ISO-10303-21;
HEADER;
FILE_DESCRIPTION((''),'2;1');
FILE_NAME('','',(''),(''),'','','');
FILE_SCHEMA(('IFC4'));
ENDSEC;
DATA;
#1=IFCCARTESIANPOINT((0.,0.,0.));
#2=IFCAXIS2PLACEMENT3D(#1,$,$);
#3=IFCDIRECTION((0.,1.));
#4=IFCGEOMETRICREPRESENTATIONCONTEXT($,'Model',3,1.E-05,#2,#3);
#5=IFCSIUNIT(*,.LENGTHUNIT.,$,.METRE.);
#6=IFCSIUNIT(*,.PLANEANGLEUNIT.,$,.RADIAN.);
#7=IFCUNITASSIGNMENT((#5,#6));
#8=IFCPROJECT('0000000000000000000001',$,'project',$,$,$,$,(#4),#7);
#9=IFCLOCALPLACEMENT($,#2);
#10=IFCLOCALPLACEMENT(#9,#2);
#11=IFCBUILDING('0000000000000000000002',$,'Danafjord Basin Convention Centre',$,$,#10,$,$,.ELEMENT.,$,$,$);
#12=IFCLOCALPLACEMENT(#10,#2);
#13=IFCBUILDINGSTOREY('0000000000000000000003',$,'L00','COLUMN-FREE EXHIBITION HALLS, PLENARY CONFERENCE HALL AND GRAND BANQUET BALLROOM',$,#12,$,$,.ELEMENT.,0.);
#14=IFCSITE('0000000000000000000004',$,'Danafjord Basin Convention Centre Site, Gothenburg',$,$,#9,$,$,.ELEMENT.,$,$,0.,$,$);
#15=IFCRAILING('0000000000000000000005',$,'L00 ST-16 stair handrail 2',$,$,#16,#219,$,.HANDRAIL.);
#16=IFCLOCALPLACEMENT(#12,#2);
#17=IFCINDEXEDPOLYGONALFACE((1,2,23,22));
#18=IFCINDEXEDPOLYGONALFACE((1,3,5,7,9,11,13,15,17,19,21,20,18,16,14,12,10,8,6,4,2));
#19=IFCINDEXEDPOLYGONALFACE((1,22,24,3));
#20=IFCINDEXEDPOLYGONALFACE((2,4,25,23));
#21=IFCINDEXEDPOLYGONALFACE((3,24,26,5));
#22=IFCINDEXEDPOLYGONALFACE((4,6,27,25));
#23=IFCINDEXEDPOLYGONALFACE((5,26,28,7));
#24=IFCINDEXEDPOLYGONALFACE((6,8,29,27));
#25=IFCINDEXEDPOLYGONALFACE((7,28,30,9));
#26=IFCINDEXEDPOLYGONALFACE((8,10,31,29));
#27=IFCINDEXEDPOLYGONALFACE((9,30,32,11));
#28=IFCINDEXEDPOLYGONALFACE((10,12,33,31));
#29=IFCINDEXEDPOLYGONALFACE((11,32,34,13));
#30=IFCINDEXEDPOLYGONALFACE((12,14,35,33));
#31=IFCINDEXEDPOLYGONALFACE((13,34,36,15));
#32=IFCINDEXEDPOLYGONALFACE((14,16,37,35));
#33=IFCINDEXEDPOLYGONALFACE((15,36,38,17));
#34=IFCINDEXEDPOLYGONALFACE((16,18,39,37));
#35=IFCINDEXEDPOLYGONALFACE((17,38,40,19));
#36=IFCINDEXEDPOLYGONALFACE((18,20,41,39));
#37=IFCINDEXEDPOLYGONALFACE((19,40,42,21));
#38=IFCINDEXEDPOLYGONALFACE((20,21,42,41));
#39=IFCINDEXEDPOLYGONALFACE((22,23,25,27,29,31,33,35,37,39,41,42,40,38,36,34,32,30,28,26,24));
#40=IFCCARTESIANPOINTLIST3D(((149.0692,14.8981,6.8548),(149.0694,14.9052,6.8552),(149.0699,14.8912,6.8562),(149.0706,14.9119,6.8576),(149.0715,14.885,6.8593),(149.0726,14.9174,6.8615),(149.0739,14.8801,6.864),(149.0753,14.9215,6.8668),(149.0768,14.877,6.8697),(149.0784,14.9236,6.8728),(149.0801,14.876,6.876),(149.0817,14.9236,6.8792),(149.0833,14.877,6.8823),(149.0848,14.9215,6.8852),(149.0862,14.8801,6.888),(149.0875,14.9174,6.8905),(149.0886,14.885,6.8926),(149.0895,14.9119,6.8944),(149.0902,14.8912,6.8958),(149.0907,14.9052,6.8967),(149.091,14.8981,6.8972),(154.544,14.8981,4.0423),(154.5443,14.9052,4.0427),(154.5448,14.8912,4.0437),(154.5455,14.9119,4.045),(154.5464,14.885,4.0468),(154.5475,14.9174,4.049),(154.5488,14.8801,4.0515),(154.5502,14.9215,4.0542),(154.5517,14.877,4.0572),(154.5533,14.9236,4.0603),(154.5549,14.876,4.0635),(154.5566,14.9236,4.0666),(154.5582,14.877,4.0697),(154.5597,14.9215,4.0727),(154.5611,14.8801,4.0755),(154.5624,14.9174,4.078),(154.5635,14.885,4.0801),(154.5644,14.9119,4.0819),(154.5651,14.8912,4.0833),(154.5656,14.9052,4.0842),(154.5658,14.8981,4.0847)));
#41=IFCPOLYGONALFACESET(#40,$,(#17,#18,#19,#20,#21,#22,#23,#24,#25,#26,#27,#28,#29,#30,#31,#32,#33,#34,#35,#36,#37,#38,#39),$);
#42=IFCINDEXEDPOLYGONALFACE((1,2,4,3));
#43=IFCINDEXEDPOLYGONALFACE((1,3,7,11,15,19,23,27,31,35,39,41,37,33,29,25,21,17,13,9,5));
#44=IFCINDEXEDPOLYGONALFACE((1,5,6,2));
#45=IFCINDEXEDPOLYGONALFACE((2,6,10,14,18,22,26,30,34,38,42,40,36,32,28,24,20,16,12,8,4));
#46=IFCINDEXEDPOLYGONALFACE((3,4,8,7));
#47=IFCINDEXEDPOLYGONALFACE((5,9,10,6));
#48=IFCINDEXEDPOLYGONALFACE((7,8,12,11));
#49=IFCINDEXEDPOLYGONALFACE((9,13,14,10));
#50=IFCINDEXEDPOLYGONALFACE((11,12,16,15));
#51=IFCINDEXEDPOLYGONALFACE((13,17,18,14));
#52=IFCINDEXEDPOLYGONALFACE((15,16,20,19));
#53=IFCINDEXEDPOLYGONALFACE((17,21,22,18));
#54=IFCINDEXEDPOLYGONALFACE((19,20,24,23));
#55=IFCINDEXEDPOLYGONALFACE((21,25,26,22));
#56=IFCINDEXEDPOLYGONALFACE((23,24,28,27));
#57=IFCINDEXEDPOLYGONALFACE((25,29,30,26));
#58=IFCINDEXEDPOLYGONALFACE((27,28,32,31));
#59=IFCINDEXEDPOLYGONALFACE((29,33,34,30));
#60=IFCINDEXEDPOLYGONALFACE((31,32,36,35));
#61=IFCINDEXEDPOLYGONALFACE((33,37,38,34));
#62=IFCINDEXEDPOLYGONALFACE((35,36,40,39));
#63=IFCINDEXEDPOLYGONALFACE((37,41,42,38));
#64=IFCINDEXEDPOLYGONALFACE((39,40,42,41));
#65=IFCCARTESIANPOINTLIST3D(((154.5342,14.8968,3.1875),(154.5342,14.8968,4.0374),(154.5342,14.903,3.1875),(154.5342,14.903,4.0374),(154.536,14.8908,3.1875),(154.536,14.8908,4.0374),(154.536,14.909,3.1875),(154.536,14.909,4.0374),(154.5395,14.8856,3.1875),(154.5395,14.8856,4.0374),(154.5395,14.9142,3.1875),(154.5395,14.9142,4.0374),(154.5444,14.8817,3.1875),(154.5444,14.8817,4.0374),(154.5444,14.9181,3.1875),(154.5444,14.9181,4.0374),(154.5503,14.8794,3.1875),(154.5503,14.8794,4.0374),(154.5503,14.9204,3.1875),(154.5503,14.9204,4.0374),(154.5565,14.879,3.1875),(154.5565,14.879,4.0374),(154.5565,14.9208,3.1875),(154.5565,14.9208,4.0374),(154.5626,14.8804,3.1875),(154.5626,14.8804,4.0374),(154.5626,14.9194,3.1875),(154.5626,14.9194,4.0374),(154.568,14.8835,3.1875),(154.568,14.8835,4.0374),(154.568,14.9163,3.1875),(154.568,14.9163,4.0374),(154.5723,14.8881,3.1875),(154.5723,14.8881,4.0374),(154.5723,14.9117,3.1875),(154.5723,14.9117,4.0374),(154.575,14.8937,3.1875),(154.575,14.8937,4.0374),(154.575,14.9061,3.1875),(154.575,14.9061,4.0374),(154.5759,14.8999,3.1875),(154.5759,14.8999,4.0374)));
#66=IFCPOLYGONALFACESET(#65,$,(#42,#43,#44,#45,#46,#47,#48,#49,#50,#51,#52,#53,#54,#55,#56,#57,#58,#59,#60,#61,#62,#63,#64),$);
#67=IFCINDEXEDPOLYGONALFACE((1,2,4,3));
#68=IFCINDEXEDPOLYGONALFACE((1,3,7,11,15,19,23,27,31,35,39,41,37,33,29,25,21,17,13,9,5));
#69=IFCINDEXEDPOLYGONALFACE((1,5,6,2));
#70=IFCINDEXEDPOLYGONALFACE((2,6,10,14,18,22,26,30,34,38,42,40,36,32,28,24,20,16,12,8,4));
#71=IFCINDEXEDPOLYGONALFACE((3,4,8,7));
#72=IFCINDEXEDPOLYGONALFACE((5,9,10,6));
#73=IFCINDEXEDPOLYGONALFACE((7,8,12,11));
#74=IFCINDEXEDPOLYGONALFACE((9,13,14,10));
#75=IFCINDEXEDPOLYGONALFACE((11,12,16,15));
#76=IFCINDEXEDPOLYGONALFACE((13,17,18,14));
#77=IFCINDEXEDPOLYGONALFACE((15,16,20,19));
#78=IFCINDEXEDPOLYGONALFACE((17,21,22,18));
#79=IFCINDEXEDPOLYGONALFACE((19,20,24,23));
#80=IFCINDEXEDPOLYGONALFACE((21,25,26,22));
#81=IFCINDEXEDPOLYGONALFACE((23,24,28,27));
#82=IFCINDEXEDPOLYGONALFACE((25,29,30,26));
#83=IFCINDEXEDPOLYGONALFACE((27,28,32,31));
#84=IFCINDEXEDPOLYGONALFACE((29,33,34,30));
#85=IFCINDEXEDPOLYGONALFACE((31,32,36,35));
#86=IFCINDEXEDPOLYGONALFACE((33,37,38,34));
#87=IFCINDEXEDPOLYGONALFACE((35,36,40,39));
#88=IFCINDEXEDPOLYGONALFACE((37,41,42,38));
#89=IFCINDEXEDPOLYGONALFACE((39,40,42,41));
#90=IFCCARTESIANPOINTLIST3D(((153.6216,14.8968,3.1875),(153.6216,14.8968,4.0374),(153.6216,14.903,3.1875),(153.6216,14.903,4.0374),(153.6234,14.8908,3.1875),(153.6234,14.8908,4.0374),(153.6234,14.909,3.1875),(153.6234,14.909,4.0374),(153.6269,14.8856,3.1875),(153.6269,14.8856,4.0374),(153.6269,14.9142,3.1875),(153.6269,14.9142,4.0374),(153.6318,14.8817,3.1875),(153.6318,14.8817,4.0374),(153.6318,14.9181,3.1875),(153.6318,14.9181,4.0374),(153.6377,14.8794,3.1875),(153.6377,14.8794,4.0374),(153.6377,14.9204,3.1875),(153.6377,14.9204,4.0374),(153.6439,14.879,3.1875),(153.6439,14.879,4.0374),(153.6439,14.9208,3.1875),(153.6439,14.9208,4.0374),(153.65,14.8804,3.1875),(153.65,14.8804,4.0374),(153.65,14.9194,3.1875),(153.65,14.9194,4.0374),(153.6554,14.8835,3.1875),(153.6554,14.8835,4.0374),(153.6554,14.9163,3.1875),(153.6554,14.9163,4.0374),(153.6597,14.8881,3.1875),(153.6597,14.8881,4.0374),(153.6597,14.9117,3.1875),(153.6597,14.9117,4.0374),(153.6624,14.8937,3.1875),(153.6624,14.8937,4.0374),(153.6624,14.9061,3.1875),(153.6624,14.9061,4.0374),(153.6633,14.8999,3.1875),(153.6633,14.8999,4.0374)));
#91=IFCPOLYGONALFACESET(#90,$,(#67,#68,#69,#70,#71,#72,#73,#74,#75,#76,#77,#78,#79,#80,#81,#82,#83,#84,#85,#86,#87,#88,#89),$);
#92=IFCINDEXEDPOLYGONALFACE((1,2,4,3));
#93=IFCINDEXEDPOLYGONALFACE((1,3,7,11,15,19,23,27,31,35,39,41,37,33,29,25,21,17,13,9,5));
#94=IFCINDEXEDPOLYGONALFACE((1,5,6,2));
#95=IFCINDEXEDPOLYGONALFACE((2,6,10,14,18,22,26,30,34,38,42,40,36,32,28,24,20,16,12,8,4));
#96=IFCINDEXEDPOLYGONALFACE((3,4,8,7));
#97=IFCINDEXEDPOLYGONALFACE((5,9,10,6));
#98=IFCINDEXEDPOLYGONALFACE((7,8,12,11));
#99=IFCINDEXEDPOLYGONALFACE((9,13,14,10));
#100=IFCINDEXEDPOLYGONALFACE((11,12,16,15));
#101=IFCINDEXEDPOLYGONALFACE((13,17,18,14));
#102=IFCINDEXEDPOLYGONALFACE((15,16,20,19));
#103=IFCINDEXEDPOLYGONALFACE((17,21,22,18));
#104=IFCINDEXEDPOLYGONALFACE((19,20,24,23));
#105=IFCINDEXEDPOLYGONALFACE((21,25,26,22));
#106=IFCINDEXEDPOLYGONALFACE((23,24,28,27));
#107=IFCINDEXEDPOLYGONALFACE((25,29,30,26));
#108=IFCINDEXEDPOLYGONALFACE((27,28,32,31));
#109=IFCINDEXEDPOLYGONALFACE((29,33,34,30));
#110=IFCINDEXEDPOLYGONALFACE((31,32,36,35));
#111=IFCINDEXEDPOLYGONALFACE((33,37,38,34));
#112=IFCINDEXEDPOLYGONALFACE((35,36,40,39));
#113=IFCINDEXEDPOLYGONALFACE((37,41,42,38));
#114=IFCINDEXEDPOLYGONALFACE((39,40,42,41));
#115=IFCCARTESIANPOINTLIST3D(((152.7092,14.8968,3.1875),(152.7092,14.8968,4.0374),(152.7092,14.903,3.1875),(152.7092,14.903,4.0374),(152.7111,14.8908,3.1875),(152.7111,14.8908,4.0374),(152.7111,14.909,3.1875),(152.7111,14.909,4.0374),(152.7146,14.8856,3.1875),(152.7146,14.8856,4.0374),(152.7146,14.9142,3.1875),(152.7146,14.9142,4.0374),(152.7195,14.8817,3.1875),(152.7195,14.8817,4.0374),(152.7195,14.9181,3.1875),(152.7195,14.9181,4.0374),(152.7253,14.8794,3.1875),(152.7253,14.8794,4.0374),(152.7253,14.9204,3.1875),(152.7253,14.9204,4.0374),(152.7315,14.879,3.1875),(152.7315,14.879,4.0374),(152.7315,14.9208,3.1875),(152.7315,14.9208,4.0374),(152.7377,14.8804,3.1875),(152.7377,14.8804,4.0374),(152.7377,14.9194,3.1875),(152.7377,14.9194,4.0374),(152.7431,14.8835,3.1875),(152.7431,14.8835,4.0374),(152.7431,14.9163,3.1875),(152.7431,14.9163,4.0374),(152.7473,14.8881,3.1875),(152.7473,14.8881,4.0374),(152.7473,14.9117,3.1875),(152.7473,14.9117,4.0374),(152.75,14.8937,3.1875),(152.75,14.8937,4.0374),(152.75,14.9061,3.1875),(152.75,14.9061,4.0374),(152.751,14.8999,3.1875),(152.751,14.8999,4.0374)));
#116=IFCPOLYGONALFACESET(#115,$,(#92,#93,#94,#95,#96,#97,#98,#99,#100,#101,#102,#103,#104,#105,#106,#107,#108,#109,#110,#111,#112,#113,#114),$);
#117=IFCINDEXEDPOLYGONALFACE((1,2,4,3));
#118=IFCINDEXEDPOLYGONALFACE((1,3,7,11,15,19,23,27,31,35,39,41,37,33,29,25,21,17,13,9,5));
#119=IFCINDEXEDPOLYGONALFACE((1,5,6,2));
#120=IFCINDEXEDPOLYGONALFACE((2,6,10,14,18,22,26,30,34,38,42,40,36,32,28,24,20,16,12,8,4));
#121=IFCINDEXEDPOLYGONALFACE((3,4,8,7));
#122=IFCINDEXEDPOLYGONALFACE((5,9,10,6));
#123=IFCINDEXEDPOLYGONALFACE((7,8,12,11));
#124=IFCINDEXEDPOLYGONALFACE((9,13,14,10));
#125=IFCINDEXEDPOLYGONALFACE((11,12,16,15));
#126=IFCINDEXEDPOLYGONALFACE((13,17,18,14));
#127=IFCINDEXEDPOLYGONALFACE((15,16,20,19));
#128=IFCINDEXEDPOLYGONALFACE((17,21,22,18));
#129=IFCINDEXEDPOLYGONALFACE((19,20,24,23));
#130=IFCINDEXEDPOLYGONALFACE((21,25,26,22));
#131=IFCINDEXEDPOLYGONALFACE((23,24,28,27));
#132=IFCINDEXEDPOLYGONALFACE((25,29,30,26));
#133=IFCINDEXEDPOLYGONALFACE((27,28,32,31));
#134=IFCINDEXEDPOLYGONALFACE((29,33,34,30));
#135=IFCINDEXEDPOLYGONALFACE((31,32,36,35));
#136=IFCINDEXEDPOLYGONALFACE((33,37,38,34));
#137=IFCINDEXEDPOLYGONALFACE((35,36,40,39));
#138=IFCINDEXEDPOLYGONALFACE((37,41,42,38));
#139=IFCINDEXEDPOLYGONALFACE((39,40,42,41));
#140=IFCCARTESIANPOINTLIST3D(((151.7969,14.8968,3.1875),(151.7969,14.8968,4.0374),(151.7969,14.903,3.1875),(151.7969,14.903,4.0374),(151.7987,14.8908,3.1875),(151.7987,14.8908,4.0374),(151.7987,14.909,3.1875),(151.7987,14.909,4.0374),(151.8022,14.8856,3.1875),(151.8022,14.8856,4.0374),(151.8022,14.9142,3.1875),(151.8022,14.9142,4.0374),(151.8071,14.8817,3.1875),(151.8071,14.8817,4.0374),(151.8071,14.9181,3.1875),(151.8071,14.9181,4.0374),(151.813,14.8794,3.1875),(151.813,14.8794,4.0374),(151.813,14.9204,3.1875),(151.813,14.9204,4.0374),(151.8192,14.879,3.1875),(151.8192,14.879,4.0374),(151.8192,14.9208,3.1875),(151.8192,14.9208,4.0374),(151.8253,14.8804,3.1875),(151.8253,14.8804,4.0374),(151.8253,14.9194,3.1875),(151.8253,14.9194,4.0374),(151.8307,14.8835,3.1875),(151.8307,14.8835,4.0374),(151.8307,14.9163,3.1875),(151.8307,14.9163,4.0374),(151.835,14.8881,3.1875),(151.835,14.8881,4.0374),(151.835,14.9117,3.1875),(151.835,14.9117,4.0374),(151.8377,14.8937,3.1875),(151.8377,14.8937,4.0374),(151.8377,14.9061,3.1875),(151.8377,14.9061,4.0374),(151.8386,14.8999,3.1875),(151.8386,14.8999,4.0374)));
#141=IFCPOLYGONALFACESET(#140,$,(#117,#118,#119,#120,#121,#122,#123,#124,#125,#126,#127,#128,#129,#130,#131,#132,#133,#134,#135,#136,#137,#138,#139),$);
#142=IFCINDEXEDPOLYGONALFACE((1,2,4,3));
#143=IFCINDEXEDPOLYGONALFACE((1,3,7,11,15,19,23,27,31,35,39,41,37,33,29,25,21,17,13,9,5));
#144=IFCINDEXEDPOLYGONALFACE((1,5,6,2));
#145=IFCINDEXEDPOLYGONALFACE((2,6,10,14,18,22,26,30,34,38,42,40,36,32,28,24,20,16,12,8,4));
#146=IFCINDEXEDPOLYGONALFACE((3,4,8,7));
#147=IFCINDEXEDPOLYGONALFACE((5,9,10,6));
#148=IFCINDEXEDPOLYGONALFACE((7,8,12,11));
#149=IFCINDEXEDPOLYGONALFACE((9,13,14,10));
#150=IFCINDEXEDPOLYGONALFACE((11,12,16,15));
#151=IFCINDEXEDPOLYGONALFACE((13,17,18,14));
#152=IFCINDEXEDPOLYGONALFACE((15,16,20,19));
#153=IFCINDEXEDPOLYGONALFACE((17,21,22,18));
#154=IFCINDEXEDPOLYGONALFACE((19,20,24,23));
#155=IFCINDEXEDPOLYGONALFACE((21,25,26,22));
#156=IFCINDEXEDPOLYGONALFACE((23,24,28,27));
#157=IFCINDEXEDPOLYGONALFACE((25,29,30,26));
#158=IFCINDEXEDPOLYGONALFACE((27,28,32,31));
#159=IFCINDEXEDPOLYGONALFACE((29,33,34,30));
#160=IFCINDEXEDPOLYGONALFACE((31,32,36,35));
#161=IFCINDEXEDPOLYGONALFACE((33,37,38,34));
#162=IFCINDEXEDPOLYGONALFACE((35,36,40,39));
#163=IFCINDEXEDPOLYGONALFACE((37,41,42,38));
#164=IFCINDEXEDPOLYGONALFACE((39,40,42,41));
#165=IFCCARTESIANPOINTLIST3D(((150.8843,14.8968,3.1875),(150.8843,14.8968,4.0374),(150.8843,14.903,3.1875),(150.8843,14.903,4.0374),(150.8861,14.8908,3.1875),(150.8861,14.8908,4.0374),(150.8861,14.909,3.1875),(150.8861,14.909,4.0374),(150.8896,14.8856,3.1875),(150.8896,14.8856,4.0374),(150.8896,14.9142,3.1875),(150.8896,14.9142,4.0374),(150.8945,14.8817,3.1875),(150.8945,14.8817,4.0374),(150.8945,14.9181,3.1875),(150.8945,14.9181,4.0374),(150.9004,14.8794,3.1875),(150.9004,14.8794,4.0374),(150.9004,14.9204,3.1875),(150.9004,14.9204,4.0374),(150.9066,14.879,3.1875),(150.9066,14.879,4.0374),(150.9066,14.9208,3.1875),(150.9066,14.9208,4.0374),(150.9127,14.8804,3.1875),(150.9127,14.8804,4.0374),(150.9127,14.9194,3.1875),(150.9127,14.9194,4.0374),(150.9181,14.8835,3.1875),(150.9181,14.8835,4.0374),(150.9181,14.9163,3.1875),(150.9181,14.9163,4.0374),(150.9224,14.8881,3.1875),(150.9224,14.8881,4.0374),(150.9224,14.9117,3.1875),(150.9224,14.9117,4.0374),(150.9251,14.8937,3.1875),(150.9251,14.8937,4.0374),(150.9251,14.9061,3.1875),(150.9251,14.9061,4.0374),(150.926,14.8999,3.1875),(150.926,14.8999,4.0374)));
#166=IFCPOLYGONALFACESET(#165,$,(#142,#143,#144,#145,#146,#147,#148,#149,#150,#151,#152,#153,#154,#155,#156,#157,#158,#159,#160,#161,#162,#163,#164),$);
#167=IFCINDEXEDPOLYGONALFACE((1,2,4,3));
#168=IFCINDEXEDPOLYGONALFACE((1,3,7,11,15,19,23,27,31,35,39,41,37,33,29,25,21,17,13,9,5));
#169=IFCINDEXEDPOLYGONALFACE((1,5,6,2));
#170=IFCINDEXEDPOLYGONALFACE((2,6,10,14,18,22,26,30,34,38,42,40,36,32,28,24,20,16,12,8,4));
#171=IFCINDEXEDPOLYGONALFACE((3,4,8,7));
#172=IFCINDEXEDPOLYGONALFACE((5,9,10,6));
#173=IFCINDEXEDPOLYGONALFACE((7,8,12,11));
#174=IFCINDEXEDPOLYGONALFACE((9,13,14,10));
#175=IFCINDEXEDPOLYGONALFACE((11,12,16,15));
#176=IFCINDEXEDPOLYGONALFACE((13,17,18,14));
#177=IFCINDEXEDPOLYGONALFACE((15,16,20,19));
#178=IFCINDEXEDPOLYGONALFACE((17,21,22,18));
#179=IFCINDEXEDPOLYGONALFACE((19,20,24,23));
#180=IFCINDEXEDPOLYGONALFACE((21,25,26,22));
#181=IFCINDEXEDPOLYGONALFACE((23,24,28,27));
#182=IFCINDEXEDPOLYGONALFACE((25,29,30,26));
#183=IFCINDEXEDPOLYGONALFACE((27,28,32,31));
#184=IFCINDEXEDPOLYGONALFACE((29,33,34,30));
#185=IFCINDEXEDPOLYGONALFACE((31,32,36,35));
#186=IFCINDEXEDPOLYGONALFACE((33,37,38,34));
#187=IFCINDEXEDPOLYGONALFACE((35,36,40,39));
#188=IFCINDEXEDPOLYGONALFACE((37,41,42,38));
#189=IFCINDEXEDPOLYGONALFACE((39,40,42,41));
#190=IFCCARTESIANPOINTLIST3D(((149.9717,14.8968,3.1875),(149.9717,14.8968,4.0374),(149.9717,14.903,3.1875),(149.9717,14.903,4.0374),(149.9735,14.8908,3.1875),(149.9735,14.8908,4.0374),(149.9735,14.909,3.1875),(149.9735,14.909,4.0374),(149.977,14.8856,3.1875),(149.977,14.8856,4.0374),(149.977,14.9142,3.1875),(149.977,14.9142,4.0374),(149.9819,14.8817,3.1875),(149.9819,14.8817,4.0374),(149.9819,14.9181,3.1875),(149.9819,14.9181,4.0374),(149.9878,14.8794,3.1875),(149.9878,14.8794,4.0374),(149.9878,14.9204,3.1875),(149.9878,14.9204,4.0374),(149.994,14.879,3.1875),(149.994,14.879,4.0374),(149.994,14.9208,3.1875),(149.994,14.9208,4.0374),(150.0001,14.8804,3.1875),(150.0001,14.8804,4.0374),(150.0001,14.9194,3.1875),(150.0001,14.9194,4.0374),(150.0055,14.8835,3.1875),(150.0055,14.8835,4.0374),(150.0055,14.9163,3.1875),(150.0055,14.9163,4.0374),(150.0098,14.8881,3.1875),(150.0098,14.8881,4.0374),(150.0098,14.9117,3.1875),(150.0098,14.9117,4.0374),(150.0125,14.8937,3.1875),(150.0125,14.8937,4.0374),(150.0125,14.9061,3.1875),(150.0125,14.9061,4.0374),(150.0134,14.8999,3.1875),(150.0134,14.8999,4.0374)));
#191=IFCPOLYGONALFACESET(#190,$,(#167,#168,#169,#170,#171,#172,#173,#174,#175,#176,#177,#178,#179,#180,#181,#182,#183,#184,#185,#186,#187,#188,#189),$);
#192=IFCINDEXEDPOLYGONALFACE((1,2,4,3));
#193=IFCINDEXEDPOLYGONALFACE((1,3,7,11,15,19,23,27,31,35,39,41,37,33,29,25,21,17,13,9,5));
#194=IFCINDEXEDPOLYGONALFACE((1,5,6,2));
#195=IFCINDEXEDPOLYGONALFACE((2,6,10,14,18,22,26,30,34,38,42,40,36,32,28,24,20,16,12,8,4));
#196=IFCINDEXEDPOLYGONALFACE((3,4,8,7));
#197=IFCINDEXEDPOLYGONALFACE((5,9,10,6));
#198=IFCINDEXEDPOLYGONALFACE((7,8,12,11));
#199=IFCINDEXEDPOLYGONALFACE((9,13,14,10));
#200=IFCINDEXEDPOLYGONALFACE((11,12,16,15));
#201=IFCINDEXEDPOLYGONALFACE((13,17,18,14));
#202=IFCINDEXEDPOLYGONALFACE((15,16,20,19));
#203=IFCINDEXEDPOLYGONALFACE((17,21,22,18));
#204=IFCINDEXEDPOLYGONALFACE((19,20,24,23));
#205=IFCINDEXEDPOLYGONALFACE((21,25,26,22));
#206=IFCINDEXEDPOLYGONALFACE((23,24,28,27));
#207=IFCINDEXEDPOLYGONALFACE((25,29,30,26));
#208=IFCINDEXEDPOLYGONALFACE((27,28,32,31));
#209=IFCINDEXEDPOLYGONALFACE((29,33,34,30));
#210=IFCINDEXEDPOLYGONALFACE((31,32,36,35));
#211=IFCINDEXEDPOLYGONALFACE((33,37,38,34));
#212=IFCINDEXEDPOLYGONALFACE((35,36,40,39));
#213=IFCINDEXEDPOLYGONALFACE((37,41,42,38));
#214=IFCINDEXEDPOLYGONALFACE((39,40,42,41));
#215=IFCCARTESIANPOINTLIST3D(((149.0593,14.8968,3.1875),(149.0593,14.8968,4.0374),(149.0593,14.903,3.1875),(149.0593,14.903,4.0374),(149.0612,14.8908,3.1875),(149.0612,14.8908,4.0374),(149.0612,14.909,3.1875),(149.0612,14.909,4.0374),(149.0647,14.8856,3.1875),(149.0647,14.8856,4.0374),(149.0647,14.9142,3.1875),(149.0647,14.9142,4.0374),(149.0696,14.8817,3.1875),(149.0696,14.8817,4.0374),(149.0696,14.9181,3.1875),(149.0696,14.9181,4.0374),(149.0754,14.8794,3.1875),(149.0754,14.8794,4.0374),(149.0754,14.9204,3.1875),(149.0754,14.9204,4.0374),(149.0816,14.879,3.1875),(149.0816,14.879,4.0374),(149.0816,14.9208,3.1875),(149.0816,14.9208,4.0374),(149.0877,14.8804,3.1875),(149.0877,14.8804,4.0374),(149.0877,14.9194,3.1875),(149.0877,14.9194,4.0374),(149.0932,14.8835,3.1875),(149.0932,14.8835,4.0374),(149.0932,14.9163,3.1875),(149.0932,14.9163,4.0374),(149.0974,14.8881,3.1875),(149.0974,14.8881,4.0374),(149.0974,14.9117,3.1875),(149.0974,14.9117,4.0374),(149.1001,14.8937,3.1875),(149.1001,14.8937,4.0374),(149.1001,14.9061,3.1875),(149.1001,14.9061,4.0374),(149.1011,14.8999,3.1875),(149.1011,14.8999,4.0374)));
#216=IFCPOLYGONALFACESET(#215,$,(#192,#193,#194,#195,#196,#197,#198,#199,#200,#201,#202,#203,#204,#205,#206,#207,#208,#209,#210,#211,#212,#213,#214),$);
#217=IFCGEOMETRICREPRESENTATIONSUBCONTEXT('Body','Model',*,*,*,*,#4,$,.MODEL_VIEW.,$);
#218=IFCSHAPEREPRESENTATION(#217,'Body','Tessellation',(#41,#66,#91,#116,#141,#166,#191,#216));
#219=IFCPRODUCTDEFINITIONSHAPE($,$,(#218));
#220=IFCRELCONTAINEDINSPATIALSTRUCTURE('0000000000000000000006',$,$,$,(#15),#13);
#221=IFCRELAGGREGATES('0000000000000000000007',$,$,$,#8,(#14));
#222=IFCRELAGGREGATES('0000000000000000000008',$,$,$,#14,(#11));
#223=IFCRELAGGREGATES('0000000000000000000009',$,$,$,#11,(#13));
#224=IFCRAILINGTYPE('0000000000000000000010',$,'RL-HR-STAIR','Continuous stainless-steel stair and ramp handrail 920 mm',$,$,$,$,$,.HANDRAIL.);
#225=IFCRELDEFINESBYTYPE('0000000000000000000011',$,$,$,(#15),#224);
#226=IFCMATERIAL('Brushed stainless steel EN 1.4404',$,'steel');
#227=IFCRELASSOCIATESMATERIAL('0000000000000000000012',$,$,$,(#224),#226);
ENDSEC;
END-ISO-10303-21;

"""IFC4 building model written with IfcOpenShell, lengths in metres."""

from ifc_helpers import new_model, si_unit, direction, frame, origin, origin_2d, place, context, subcontext, project, spatial, circle, extrude, material, type_object, element, save


model = new_model("IFC4")

# Units and contexts
model_context = context("Model", 3, precision=1e-05, world=origin(), true_north=direction((0.0, 1.0)))
body_context = subcontext(model_context, "Body", "Model", "MODEL_VIEW")
ifc_project = project(units=[si_unit("LENGTHUNIT", "METRE"), si_unit("PLANEANGLEUNIT", "RADIAN")], contexts=[model_context])

# Site, building, storey
site_placement = place(None, origin())
site = spatial("IfcSite", under=ifc_project, at=site_placement, Name="Danafjord Basin Convention Centre Site, Gothenburg", CompositionType="ELEMENT", RefElevation=0.0)
building_placement = place(site_placement, origin())
building = spatial("IfcBuilding", under=site, at=building_placement, Name="Danafjord Basin Convention Centre", CompositionType="ELEMENT")
storey_placement = place(building_placement, origin())
storey = spatial("IfcBuildingStorey", under=building, at=storey_placement, Name="L00", Description="COLUMN-FREE EXHIBITION HALLS, PLENARY CONFERENCE HALL AND GRAND BANQUET BALLROOM", CompositionType="ELEMENT", Elevation=0.0)

# Railing
ifc_material_1 = material(Name="Brushed stainless steel EN 1.4404", Category="steel")
railing_type_1 = type_object("IfcRailingType", Name="RL-HR-STAIR", Description="Continuous stainless-steel stair and ramp handrail 920 mm", PredefinedType="HANDRAIL", material=ifc_material_1)
railing_1_placement = place(storey_placement, frame((154.5549, 14.8999, 3.1875)))
element("IfcRailing", 1, at=railing_1_placement, inside=storey, type_object=railing_type_1, Name="L00 ST-16 stair handrail 2", PredefinedType="HANDRAIL", context=body_context, shape_type="SweptSolid", body=[
    extrude(circle(Radius=0.0239, at=origin_2d()), frame((0.0, 0.0, 0.876), z_axis=(-0.889495, 0.0, 0.456945), x_axis=(0.0, -1.0, 0.0)), (0.0, 0.0, 1.0), 6.155),
    extrude(circle(Radius=0.021, at=origin_2d()), origin(), (0.0, 0.0, 1.0), 0.8499),
    extrude(circle(Radius=0.021, at=origin_2d()), frame((-0.9126, 0.0, 0.0)), (0.0, 0.0, 1.0), 0.8499),
    extrude(circle(Radius=0.021, at=origin_2d()), frame((-1.825, 0.0, 0.0)), (0.0, 0.0, 1.0), 0.8499),
    extrude(circle(Radius=0.021, at=origin_2d()), frame((-2.7373, 0.0, 0.0)), (0.0, 0.0, 1.0), 0.8499),
    extrude(circle(Radius=0.021, at=origin_2d()), frame((-3.6499, 0.0, 0.0)), (0.0, 0.0, 1.0), 0.8499),
    extrude(circle(Radius=0.021, at=origin_2d()), frame((-4.5625, 0.0, 0.0)), (0.0, 0.0, 1.0), 0.8499),
    extrude(circle(Radius=0.021, at=origin_2d()), frame((-5.4749, 0.0, 0.0)), (0.0, 0.0, 1.0), 0.8499),
])

save(model, "model.ifc")
